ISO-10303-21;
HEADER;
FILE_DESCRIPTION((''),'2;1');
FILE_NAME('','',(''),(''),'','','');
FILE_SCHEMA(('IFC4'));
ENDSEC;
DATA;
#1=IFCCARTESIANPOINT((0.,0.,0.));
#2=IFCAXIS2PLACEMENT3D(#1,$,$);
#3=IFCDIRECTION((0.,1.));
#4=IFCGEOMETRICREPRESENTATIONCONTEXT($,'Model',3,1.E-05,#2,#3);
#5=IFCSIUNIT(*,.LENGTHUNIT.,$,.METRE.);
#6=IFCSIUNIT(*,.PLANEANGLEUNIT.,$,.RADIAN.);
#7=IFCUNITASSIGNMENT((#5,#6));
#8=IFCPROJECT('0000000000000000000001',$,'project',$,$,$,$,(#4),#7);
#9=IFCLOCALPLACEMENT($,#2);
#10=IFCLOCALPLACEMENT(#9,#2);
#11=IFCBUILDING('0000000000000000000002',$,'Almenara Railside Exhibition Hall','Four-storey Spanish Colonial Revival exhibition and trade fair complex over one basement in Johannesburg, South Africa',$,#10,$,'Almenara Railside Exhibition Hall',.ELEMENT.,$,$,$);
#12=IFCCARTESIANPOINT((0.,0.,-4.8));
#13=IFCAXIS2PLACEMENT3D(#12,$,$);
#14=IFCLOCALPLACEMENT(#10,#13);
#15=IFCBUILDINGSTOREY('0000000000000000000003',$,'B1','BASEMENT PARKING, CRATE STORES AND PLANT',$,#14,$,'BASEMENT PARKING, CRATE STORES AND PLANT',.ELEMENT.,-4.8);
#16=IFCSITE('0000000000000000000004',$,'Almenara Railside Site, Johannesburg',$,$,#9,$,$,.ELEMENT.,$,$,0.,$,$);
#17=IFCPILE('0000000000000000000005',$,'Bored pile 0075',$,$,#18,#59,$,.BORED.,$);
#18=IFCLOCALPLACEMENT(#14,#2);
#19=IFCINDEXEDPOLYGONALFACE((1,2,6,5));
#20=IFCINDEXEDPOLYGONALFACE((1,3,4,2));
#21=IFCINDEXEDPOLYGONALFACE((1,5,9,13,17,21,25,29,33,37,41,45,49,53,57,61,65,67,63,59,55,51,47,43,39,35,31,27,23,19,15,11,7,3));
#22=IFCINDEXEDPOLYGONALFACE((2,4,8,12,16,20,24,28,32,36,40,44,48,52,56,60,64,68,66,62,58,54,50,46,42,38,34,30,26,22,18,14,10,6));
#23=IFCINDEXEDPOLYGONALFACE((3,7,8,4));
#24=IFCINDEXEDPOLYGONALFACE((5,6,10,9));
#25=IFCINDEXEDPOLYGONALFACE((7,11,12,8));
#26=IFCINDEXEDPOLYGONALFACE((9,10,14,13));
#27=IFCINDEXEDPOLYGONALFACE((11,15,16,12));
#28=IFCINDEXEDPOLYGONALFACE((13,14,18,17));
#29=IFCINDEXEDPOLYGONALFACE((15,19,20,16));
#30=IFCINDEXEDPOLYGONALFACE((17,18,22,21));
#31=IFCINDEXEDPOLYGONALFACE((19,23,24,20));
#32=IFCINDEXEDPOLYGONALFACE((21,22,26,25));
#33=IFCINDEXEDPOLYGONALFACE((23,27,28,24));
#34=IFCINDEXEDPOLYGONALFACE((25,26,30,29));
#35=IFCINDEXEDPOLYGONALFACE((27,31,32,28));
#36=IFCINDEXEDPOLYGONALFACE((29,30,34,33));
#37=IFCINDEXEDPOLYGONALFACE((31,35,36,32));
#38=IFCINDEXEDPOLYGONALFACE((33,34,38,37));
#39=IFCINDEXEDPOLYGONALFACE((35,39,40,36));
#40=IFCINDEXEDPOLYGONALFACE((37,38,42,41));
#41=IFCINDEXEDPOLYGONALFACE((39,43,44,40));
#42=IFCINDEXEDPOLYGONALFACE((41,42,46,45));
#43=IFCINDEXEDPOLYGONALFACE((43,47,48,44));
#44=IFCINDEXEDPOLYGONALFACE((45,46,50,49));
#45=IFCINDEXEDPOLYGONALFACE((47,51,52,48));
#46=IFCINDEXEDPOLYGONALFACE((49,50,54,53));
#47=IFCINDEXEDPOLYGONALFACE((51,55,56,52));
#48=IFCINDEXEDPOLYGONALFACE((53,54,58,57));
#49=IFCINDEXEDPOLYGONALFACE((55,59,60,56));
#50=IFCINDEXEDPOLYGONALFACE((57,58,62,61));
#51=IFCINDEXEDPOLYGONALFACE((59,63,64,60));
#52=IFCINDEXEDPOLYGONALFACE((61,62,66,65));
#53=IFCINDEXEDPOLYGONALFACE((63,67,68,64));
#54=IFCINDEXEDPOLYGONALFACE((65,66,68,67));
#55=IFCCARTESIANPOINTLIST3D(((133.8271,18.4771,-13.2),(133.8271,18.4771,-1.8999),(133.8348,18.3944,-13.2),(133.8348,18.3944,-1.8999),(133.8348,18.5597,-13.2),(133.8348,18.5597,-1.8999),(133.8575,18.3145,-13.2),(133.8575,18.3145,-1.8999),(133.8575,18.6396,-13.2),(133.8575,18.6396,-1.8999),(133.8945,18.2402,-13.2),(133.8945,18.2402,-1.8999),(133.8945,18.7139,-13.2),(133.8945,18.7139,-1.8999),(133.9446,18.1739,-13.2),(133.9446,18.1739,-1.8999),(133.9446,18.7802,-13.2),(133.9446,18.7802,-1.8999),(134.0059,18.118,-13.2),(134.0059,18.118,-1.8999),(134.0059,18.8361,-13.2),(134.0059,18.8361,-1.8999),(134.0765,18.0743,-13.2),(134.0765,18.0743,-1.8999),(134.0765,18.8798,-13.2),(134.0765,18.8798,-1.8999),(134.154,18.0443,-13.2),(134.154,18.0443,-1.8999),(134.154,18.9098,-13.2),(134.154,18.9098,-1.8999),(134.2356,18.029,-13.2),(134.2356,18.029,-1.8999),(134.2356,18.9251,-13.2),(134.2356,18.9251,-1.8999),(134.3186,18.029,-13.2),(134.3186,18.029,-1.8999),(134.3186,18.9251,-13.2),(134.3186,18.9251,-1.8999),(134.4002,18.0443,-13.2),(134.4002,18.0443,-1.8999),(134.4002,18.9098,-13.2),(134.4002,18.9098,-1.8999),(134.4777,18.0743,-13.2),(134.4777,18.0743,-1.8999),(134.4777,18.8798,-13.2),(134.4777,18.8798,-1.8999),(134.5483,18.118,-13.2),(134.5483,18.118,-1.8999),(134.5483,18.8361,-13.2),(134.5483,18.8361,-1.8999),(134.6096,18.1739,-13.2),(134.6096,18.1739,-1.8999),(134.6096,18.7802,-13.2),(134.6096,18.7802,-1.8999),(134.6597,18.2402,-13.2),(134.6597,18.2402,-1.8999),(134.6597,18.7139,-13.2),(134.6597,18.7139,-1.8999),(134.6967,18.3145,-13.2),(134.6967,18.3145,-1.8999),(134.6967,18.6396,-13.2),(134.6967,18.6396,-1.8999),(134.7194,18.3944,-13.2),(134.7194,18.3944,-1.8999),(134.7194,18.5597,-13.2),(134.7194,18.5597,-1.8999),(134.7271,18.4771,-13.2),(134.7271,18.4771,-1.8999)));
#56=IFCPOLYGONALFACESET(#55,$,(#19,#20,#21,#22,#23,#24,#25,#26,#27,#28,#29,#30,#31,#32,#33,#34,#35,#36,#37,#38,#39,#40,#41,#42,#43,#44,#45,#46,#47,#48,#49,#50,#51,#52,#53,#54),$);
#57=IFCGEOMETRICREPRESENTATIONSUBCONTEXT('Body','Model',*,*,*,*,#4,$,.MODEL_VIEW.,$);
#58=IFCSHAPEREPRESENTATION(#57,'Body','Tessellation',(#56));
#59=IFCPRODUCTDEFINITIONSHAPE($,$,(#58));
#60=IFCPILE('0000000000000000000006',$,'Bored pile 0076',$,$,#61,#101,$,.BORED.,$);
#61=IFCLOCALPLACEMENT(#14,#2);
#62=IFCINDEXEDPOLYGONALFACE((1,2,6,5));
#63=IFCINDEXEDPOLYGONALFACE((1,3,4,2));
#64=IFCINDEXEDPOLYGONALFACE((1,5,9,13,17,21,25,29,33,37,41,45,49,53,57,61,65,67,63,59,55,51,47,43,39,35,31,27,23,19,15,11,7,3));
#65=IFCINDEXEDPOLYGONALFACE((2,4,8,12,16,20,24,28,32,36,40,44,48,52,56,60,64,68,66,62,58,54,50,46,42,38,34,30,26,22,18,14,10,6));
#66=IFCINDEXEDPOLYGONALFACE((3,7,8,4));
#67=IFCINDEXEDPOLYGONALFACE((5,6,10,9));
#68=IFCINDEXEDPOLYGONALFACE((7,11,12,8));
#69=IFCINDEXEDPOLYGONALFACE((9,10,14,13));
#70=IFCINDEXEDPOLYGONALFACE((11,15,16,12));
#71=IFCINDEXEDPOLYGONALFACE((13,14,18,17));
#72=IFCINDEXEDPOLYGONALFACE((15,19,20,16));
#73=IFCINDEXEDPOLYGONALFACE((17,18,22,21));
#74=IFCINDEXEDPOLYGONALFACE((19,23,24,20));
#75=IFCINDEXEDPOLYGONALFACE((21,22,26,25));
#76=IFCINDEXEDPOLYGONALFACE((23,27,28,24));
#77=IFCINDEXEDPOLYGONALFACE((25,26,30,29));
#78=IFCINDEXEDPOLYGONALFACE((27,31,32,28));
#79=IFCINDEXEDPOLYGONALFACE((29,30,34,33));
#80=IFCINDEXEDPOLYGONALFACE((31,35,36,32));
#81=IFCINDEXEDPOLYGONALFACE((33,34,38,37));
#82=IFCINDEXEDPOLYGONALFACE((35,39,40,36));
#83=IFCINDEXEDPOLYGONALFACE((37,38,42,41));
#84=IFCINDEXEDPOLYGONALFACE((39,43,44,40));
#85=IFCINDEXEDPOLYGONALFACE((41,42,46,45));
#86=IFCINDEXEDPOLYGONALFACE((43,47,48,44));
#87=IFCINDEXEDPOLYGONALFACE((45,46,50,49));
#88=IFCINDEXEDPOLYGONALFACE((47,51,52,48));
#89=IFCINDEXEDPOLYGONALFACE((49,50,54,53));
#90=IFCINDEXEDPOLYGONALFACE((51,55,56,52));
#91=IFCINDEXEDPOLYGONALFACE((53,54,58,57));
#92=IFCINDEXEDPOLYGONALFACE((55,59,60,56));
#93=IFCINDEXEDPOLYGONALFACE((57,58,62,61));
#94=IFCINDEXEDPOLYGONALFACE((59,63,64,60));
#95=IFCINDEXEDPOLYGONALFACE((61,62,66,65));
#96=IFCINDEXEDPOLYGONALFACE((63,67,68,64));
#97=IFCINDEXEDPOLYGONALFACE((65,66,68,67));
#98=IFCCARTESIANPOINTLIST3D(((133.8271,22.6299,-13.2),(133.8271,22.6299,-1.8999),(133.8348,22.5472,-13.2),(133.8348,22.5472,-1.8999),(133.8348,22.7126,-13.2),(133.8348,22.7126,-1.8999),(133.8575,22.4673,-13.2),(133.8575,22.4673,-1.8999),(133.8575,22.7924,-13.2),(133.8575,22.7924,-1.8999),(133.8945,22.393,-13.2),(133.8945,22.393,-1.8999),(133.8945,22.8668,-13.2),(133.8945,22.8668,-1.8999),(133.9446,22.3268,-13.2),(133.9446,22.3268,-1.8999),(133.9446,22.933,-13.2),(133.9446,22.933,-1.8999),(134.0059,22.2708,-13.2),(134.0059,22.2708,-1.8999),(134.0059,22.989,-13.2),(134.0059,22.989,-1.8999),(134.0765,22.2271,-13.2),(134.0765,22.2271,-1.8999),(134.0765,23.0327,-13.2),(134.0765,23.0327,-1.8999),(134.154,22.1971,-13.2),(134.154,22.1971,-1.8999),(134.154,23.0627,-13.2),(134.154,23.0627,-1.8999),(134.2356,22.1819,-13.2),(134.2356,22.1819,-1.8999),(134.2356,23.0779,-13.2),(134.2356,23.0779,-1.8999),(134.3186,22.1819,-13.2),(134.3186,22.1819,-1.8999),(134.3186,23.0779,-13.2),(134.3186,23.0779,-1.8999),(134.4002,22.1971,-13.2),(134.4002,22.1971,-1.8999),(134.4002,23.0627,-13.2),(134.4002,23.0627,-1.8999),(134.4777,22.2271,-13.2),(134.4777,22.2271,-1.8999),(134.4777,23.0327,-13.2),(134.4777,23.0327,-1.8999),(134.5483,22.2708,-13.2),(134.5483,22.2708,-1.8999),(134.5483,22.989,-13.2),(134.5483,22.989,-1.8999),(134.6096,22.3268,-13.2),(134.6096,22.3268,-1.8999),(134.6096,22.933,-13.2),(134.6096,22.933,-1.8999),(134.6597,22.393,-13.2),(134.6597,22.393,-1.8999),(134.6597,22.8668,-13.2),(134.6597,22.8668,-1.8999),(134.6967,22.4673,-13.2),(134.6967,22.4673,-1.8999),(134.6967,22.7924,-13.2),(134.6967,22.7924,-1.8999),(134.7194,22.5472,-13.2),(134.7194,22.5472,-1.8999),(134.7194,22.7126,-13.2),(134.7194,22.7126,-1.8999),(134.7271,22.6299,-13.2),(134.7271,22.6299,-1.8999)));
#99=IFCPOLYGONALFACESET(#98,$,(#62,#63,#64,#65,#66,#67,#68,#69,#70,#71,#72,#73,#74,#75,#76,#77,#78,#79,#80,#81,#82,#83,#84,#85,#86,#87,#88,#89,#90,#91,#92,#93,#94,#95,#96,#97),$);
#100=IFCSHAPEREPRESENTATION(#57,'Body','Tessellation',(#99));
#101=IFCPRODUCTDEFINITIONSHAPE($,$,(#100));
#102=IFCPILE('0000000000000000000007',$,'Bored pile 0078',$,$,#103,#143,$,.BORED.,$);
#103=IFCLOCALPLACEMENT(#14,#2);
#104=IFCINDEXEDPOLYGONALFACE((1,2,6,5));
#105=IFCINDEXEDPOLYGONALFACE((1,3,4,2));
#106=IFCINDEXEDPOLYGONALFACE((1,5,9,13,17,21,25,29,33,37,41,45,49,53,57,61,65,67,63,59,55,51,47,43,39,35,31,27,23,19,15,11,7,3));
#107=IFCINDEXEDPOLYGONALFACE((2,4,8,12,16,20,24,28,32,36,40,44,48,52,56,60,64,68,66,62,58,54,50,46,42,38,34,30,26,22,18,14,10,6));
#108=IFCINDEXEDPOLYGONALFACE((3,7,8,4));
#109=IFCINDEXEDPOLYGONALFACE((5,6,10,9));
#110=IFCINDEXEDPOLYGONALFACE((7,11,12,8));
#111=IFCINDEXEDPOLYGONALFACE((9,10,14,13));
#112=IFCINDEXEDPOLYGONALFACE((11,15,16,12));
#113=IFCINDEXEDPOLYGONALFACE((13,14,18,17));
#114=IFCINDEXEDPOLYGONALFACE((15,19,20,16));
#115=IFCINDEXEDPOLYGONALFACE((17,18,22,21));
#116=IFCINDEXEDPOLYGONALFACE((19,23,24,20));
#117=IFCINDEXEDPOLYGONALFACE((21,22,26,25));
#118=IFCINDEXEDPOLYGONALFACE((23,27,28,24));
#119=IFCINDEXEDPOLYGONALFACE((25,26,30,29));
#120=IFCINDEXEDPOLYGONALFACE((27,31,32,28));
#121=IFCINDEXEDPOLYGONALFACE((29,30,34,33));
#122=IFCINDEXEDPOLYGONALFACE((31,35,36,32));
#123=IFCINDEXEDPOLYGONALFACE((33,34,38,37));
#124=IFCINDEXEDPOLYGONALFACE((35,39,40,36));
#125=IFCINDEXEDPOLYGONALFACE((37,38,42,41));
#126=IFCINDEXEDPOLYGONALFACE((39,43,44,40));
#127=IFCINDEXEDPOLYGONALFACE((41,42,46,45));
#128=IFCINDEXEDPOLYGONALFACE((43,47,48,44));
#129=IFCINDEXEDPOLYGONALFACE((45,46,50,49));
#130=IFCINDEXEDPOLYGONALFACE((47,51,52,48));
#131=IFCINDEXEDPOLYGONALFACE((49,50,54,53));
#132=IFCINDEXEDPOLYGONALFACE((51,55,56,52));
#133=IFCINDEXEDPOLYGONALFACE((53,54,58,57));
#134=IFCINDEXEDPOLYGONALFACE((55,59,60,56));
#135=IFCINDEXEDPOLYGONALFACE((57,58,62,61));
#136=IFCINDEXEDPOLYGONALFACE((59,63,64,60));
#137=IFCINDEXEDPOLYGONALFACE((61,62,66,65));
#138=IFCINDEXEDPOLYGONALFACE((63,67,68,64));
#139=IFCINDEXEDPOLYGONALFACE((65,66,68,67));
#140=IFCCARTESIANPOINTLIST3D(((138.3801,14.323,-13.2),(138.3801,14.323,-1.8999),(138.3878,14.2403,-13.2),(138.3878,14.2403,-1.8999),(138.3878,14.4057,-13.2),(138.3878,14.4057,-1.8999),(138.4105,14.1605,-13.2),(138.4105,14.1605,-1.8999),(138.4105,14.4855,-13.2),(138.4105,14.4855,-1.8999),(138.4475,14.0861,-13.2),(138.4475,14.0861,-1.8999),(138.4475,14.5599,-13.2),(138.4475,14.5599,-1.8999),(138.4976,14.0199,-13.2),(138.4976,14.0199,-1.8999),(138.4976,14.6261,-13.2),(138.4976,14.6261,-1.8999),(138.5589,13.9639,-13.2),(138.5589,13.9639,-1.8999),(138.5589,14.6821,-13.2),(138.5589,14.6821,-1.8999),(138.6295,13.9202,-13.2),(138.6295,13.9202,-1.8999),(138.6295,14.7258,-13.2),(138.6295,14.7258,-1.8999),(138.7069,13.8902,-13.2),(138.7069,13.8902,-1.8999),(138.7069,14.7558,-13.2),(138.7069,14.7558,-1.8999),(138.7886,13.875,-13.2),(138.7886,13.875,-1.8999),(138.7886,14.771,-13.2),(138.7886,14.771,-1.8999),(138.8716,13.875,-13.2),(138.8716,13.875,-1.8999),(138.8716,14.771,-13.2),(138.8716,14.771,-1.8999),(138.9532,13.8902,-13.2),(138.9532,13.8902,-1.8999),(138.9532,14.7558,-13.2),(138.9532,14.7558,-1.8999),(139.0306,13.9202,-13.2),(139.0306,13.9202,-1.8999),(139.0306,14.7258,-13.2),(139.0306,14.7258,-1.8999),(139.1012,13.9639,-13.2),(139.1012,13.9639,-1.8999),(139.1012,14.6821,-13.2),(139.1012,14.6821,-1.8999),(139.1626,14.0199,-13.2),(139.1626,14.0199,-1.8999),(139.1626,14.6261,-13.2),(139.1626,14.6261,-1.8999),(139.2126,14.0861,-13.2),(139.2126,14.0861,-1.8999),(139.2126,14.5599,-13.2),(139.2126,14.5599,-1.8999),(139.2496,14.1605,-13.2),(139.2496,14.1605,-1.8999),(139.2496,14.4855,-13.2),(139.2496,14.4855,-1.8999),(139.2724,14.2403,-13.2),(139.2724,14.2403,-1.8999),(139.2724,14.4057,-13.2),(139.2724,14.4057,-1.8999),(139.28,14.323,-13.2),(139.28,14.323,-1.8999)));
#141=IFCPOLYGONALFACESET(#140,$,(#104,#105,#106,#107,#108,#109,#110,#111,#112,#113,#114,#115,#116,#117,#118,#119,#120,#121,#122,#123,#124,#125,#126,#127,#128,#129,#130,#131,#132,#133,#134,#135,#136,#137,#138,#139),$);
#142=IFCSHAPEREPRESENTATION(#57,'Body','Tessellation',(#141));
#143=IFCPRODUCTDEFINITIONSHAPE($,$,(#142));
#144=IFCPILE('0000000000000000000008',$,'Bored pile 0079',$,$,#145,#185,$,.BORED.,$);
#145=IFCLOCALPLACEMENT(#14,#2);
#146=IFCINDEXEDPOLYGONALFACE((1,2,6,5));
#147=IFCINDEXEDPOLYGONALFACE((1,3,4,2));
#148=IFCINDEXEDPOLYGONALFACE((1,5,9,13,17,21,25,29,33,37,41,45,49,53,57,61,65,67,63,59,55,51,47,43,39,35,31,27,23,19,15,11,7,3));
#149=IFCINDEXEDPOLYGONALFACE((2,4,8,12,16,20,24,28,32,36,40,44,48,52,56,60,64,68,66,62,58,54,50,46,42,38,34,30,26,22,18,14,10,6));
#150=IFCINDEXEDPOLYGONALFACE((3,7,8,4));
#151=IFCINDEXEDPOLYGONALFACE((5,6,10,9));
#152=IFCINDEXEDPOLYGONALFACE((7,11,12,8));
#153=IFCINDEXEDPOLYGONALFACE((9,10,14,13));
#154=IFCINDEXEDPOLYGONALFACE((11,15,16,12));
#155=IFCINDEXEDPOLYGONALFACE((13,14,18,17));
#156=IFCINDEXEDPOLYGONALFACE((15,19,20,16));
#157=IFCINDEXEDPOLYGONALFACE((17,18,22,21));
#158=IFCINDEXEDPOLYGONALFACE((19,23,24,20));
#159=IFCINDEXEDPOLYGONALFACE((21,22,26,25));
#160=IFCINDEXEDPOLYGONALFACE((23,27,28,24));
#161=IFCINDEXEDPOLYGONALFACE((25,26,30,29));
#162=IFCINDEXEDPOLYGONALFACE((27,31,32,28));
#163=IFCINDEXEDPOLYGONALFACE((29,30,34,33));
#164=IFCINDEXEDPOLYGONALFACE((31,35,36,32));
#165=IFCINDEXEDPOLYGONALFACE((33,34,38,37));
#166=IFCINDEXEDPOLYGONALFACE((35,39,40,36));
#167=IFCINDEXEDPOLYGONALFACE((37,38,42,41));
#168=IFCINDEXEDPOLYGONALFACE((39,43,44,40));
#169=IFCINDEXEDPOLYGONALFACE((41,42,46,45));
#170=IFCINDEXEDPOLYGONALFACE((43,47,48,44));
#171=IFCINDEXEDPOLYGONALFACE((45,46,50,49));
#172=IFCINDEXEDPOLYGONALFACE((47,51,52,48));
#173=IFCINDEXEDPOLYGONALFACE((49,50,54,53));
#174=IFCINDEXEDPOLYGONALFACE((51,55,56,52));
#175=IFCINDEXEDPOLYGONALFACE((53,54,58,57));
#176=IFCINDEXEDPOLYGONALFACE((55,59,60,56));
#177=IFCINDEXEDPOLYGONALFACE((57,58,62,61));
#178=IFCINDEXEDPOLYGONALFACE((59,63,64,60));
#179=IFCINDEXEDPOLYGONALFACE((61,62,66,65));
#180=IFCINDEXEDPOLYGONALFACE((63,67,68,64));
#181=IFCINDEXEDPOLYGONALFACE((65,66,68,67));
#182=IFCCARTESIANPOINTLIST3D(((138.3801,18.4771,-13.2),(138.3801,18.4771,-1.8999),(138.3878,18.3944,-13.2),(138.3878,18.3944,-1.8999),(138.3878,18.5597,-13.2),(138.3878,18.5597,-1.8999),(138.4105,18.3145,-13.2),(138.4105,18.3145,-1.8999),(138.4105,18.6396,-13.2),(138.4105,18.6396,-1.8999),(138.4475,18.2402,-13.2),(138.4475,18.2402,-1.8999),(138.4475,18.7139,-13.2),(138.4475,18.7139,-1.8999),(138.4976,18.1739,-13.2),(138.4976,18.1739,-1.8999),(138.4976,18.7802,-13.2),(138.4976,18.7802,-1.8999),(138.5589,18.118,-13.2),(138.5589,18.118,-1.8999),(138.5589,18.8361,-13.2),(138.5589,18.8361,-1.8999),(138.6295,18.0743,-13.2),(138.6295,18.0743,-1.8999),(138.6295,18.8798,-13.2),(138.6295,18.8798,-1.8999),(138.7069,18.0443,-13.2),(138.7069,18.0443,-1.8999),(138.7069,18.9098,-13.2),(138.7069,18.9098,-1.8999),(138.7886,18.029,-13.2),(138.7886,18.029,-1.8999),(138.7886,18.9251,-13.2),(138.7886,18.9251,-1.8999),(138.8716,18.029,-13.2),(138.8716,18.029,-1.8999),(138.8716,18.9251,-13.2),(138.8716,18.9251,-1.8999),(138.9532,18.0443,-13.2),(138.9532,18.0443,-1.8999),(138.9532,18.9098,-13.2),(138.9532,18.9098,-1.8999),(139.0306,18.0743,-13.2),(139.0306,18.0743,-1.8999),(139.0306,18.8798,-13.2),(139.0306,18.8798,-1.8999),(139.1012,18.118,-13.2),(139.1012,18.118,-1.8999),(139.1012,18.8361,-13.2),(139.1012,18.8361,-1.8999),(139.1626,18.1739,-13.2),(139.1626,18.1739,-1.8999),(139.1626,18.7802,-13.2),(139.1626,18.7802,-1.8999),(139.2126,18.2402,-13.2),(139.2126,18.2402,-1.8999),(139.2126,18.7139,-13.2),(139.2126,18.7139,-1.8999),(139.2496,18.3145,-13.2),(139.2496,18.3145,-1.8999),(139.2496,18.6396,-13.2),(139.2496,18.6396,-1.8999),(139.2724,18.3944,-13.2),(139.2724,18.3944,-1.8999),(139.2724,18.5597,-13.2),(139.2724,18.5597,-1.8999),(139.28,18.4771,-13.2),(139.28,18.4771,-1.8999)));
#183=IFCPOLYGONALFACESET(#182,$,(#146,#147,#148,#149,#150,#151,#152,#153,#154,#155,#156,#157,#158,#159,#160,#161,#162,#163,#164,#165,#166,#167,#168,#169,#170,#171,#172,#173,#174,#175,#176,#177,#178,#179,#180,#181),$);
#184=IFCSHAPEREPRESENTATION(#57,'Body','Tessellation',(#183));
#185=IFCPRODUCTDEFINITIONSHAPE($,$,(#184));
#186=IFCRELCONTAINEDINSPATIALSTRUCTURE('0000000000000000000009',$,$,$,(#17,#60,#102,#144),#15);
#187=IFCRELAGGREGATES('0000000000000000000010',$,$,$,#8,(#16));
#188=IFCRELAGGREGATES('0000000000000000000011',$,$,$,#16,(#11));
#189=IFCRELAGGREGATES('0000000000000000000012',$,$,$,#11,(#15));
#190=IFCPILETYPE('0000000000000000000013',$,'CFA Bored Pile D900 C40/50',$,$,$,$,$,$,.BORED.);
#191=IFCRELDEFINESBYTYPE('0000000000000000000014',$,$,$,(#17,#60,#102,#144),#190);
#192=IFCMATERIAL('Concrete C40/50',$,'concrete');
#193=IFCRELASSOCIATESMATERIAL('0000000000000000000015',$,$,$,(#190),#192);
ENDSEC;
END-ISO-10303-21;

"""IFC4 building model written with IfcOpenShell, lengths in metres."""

from ifc_helpers import new_model, si_unit, direction, frame, origin, origin_2d, place, context, subcontext, project, spatial, circle, extrude, material, material_profile, profile_set, type_object, element, save


model = new_model("IFC4")

# Units and contexts
model_context = context("Model", 3, precision=1e-05, world=origin(), true_north=direction((0.0, 1.0)))
body_context = subcontext(model_context, "Body", "Model", "MODEL_VIEW")
ifc_project = project(units=[si_unit("LENGTHUNIT", "METRE"), si_unit("PLANEANGLEUNIT", "RADIAN")], contexts=[model_context])

# Site, building, storey
site_placement = place(None, origin())
site = spatial("IfcSite", under=ifc_project, at=site_placement, Name="Almenara Railside Site, Johannesburg", CompositionType="ELEMENT", RefElevation=0.0)
building_placement = place(site_placement, origin())
building = spatial("IfcBuilding", under=site, at=building_placement, Name="Almenara Railside Exhibition Hall", Description="Four-storey Spanish Colonial Revival exhibition and trade fair complex over one basement in Johannesburg, South Africa", LongName="Almenara Railside Exhibition Hall", CompositionType="ELEMENT")
storey_placement = place(building_placement, frame((0.0, 0.0, -4.8)))
storey = spatial("IfcBuildingStorey", under=building, at=storey_placement, Name="B1", Description="BASEMENT PARKING, CRATE STORES AND PLANT", LongName="BASEMENT PARKING, CRATE STORES AND PLANT", CompositionType="ELEMENT", Elevation=-4.8)

# Piles
ifc_material_1 = material(Name="Concrete C40/50", Category="concrete")
ifc_material_profile_1 = material_profile(ifc_material_1, circle(Radius=0.45, at=origin_2d()), Name="CFA-PILE D900")
ifc_profile_set_1 = profile_set([ifc_material_profile_1], Name="Concrete C40/50")
pile_type_1 = type_object("IfcPileType", Name="CFA Bored Pile D900 C40/50", PredefinedType="BORED", material=ifc_profile_set_1)
for number, where, z_axis, x_axis, name in (
    (1, (134.2771, 18.4771, -1.8999), (0.0, 0.0, -1.0), (1.0, 0.0, 0.0), "Bored pile 0075"),
    (2, (134.2771, 22.6299, -1.8999), (0.0, 0.0, -1.0), (1.0, 0.0, 0.0), "Bored pile 0076"),
    (3, (138.8301, 14.323, -1.8999), (0.0, 0.0, -1.0), (1.0, 0.0, 0.0), "Bored pile 0078"),
    (4, (138.8301, 18.4771, -1.8999), (0.0, 0.0, -1.0), (1.0, 0.0, 0.0), "Bored pile 0079"),
):
    element("IfcPile", number, at=place(storey_placement, frame(where, z_axis=z_axis, x_axis=x_axis)), inside=storey, type_object=pile_type_1, Name=name, PredefinedType="BORED", context=body_context, shape_type="SweptSolid", body=[
        extrude(circle(Radius=0.45, at=origin_2d()), origin(), (0.0, 0.0, 1.0), 11.3),
    ])

save(model, "model.ifc")
